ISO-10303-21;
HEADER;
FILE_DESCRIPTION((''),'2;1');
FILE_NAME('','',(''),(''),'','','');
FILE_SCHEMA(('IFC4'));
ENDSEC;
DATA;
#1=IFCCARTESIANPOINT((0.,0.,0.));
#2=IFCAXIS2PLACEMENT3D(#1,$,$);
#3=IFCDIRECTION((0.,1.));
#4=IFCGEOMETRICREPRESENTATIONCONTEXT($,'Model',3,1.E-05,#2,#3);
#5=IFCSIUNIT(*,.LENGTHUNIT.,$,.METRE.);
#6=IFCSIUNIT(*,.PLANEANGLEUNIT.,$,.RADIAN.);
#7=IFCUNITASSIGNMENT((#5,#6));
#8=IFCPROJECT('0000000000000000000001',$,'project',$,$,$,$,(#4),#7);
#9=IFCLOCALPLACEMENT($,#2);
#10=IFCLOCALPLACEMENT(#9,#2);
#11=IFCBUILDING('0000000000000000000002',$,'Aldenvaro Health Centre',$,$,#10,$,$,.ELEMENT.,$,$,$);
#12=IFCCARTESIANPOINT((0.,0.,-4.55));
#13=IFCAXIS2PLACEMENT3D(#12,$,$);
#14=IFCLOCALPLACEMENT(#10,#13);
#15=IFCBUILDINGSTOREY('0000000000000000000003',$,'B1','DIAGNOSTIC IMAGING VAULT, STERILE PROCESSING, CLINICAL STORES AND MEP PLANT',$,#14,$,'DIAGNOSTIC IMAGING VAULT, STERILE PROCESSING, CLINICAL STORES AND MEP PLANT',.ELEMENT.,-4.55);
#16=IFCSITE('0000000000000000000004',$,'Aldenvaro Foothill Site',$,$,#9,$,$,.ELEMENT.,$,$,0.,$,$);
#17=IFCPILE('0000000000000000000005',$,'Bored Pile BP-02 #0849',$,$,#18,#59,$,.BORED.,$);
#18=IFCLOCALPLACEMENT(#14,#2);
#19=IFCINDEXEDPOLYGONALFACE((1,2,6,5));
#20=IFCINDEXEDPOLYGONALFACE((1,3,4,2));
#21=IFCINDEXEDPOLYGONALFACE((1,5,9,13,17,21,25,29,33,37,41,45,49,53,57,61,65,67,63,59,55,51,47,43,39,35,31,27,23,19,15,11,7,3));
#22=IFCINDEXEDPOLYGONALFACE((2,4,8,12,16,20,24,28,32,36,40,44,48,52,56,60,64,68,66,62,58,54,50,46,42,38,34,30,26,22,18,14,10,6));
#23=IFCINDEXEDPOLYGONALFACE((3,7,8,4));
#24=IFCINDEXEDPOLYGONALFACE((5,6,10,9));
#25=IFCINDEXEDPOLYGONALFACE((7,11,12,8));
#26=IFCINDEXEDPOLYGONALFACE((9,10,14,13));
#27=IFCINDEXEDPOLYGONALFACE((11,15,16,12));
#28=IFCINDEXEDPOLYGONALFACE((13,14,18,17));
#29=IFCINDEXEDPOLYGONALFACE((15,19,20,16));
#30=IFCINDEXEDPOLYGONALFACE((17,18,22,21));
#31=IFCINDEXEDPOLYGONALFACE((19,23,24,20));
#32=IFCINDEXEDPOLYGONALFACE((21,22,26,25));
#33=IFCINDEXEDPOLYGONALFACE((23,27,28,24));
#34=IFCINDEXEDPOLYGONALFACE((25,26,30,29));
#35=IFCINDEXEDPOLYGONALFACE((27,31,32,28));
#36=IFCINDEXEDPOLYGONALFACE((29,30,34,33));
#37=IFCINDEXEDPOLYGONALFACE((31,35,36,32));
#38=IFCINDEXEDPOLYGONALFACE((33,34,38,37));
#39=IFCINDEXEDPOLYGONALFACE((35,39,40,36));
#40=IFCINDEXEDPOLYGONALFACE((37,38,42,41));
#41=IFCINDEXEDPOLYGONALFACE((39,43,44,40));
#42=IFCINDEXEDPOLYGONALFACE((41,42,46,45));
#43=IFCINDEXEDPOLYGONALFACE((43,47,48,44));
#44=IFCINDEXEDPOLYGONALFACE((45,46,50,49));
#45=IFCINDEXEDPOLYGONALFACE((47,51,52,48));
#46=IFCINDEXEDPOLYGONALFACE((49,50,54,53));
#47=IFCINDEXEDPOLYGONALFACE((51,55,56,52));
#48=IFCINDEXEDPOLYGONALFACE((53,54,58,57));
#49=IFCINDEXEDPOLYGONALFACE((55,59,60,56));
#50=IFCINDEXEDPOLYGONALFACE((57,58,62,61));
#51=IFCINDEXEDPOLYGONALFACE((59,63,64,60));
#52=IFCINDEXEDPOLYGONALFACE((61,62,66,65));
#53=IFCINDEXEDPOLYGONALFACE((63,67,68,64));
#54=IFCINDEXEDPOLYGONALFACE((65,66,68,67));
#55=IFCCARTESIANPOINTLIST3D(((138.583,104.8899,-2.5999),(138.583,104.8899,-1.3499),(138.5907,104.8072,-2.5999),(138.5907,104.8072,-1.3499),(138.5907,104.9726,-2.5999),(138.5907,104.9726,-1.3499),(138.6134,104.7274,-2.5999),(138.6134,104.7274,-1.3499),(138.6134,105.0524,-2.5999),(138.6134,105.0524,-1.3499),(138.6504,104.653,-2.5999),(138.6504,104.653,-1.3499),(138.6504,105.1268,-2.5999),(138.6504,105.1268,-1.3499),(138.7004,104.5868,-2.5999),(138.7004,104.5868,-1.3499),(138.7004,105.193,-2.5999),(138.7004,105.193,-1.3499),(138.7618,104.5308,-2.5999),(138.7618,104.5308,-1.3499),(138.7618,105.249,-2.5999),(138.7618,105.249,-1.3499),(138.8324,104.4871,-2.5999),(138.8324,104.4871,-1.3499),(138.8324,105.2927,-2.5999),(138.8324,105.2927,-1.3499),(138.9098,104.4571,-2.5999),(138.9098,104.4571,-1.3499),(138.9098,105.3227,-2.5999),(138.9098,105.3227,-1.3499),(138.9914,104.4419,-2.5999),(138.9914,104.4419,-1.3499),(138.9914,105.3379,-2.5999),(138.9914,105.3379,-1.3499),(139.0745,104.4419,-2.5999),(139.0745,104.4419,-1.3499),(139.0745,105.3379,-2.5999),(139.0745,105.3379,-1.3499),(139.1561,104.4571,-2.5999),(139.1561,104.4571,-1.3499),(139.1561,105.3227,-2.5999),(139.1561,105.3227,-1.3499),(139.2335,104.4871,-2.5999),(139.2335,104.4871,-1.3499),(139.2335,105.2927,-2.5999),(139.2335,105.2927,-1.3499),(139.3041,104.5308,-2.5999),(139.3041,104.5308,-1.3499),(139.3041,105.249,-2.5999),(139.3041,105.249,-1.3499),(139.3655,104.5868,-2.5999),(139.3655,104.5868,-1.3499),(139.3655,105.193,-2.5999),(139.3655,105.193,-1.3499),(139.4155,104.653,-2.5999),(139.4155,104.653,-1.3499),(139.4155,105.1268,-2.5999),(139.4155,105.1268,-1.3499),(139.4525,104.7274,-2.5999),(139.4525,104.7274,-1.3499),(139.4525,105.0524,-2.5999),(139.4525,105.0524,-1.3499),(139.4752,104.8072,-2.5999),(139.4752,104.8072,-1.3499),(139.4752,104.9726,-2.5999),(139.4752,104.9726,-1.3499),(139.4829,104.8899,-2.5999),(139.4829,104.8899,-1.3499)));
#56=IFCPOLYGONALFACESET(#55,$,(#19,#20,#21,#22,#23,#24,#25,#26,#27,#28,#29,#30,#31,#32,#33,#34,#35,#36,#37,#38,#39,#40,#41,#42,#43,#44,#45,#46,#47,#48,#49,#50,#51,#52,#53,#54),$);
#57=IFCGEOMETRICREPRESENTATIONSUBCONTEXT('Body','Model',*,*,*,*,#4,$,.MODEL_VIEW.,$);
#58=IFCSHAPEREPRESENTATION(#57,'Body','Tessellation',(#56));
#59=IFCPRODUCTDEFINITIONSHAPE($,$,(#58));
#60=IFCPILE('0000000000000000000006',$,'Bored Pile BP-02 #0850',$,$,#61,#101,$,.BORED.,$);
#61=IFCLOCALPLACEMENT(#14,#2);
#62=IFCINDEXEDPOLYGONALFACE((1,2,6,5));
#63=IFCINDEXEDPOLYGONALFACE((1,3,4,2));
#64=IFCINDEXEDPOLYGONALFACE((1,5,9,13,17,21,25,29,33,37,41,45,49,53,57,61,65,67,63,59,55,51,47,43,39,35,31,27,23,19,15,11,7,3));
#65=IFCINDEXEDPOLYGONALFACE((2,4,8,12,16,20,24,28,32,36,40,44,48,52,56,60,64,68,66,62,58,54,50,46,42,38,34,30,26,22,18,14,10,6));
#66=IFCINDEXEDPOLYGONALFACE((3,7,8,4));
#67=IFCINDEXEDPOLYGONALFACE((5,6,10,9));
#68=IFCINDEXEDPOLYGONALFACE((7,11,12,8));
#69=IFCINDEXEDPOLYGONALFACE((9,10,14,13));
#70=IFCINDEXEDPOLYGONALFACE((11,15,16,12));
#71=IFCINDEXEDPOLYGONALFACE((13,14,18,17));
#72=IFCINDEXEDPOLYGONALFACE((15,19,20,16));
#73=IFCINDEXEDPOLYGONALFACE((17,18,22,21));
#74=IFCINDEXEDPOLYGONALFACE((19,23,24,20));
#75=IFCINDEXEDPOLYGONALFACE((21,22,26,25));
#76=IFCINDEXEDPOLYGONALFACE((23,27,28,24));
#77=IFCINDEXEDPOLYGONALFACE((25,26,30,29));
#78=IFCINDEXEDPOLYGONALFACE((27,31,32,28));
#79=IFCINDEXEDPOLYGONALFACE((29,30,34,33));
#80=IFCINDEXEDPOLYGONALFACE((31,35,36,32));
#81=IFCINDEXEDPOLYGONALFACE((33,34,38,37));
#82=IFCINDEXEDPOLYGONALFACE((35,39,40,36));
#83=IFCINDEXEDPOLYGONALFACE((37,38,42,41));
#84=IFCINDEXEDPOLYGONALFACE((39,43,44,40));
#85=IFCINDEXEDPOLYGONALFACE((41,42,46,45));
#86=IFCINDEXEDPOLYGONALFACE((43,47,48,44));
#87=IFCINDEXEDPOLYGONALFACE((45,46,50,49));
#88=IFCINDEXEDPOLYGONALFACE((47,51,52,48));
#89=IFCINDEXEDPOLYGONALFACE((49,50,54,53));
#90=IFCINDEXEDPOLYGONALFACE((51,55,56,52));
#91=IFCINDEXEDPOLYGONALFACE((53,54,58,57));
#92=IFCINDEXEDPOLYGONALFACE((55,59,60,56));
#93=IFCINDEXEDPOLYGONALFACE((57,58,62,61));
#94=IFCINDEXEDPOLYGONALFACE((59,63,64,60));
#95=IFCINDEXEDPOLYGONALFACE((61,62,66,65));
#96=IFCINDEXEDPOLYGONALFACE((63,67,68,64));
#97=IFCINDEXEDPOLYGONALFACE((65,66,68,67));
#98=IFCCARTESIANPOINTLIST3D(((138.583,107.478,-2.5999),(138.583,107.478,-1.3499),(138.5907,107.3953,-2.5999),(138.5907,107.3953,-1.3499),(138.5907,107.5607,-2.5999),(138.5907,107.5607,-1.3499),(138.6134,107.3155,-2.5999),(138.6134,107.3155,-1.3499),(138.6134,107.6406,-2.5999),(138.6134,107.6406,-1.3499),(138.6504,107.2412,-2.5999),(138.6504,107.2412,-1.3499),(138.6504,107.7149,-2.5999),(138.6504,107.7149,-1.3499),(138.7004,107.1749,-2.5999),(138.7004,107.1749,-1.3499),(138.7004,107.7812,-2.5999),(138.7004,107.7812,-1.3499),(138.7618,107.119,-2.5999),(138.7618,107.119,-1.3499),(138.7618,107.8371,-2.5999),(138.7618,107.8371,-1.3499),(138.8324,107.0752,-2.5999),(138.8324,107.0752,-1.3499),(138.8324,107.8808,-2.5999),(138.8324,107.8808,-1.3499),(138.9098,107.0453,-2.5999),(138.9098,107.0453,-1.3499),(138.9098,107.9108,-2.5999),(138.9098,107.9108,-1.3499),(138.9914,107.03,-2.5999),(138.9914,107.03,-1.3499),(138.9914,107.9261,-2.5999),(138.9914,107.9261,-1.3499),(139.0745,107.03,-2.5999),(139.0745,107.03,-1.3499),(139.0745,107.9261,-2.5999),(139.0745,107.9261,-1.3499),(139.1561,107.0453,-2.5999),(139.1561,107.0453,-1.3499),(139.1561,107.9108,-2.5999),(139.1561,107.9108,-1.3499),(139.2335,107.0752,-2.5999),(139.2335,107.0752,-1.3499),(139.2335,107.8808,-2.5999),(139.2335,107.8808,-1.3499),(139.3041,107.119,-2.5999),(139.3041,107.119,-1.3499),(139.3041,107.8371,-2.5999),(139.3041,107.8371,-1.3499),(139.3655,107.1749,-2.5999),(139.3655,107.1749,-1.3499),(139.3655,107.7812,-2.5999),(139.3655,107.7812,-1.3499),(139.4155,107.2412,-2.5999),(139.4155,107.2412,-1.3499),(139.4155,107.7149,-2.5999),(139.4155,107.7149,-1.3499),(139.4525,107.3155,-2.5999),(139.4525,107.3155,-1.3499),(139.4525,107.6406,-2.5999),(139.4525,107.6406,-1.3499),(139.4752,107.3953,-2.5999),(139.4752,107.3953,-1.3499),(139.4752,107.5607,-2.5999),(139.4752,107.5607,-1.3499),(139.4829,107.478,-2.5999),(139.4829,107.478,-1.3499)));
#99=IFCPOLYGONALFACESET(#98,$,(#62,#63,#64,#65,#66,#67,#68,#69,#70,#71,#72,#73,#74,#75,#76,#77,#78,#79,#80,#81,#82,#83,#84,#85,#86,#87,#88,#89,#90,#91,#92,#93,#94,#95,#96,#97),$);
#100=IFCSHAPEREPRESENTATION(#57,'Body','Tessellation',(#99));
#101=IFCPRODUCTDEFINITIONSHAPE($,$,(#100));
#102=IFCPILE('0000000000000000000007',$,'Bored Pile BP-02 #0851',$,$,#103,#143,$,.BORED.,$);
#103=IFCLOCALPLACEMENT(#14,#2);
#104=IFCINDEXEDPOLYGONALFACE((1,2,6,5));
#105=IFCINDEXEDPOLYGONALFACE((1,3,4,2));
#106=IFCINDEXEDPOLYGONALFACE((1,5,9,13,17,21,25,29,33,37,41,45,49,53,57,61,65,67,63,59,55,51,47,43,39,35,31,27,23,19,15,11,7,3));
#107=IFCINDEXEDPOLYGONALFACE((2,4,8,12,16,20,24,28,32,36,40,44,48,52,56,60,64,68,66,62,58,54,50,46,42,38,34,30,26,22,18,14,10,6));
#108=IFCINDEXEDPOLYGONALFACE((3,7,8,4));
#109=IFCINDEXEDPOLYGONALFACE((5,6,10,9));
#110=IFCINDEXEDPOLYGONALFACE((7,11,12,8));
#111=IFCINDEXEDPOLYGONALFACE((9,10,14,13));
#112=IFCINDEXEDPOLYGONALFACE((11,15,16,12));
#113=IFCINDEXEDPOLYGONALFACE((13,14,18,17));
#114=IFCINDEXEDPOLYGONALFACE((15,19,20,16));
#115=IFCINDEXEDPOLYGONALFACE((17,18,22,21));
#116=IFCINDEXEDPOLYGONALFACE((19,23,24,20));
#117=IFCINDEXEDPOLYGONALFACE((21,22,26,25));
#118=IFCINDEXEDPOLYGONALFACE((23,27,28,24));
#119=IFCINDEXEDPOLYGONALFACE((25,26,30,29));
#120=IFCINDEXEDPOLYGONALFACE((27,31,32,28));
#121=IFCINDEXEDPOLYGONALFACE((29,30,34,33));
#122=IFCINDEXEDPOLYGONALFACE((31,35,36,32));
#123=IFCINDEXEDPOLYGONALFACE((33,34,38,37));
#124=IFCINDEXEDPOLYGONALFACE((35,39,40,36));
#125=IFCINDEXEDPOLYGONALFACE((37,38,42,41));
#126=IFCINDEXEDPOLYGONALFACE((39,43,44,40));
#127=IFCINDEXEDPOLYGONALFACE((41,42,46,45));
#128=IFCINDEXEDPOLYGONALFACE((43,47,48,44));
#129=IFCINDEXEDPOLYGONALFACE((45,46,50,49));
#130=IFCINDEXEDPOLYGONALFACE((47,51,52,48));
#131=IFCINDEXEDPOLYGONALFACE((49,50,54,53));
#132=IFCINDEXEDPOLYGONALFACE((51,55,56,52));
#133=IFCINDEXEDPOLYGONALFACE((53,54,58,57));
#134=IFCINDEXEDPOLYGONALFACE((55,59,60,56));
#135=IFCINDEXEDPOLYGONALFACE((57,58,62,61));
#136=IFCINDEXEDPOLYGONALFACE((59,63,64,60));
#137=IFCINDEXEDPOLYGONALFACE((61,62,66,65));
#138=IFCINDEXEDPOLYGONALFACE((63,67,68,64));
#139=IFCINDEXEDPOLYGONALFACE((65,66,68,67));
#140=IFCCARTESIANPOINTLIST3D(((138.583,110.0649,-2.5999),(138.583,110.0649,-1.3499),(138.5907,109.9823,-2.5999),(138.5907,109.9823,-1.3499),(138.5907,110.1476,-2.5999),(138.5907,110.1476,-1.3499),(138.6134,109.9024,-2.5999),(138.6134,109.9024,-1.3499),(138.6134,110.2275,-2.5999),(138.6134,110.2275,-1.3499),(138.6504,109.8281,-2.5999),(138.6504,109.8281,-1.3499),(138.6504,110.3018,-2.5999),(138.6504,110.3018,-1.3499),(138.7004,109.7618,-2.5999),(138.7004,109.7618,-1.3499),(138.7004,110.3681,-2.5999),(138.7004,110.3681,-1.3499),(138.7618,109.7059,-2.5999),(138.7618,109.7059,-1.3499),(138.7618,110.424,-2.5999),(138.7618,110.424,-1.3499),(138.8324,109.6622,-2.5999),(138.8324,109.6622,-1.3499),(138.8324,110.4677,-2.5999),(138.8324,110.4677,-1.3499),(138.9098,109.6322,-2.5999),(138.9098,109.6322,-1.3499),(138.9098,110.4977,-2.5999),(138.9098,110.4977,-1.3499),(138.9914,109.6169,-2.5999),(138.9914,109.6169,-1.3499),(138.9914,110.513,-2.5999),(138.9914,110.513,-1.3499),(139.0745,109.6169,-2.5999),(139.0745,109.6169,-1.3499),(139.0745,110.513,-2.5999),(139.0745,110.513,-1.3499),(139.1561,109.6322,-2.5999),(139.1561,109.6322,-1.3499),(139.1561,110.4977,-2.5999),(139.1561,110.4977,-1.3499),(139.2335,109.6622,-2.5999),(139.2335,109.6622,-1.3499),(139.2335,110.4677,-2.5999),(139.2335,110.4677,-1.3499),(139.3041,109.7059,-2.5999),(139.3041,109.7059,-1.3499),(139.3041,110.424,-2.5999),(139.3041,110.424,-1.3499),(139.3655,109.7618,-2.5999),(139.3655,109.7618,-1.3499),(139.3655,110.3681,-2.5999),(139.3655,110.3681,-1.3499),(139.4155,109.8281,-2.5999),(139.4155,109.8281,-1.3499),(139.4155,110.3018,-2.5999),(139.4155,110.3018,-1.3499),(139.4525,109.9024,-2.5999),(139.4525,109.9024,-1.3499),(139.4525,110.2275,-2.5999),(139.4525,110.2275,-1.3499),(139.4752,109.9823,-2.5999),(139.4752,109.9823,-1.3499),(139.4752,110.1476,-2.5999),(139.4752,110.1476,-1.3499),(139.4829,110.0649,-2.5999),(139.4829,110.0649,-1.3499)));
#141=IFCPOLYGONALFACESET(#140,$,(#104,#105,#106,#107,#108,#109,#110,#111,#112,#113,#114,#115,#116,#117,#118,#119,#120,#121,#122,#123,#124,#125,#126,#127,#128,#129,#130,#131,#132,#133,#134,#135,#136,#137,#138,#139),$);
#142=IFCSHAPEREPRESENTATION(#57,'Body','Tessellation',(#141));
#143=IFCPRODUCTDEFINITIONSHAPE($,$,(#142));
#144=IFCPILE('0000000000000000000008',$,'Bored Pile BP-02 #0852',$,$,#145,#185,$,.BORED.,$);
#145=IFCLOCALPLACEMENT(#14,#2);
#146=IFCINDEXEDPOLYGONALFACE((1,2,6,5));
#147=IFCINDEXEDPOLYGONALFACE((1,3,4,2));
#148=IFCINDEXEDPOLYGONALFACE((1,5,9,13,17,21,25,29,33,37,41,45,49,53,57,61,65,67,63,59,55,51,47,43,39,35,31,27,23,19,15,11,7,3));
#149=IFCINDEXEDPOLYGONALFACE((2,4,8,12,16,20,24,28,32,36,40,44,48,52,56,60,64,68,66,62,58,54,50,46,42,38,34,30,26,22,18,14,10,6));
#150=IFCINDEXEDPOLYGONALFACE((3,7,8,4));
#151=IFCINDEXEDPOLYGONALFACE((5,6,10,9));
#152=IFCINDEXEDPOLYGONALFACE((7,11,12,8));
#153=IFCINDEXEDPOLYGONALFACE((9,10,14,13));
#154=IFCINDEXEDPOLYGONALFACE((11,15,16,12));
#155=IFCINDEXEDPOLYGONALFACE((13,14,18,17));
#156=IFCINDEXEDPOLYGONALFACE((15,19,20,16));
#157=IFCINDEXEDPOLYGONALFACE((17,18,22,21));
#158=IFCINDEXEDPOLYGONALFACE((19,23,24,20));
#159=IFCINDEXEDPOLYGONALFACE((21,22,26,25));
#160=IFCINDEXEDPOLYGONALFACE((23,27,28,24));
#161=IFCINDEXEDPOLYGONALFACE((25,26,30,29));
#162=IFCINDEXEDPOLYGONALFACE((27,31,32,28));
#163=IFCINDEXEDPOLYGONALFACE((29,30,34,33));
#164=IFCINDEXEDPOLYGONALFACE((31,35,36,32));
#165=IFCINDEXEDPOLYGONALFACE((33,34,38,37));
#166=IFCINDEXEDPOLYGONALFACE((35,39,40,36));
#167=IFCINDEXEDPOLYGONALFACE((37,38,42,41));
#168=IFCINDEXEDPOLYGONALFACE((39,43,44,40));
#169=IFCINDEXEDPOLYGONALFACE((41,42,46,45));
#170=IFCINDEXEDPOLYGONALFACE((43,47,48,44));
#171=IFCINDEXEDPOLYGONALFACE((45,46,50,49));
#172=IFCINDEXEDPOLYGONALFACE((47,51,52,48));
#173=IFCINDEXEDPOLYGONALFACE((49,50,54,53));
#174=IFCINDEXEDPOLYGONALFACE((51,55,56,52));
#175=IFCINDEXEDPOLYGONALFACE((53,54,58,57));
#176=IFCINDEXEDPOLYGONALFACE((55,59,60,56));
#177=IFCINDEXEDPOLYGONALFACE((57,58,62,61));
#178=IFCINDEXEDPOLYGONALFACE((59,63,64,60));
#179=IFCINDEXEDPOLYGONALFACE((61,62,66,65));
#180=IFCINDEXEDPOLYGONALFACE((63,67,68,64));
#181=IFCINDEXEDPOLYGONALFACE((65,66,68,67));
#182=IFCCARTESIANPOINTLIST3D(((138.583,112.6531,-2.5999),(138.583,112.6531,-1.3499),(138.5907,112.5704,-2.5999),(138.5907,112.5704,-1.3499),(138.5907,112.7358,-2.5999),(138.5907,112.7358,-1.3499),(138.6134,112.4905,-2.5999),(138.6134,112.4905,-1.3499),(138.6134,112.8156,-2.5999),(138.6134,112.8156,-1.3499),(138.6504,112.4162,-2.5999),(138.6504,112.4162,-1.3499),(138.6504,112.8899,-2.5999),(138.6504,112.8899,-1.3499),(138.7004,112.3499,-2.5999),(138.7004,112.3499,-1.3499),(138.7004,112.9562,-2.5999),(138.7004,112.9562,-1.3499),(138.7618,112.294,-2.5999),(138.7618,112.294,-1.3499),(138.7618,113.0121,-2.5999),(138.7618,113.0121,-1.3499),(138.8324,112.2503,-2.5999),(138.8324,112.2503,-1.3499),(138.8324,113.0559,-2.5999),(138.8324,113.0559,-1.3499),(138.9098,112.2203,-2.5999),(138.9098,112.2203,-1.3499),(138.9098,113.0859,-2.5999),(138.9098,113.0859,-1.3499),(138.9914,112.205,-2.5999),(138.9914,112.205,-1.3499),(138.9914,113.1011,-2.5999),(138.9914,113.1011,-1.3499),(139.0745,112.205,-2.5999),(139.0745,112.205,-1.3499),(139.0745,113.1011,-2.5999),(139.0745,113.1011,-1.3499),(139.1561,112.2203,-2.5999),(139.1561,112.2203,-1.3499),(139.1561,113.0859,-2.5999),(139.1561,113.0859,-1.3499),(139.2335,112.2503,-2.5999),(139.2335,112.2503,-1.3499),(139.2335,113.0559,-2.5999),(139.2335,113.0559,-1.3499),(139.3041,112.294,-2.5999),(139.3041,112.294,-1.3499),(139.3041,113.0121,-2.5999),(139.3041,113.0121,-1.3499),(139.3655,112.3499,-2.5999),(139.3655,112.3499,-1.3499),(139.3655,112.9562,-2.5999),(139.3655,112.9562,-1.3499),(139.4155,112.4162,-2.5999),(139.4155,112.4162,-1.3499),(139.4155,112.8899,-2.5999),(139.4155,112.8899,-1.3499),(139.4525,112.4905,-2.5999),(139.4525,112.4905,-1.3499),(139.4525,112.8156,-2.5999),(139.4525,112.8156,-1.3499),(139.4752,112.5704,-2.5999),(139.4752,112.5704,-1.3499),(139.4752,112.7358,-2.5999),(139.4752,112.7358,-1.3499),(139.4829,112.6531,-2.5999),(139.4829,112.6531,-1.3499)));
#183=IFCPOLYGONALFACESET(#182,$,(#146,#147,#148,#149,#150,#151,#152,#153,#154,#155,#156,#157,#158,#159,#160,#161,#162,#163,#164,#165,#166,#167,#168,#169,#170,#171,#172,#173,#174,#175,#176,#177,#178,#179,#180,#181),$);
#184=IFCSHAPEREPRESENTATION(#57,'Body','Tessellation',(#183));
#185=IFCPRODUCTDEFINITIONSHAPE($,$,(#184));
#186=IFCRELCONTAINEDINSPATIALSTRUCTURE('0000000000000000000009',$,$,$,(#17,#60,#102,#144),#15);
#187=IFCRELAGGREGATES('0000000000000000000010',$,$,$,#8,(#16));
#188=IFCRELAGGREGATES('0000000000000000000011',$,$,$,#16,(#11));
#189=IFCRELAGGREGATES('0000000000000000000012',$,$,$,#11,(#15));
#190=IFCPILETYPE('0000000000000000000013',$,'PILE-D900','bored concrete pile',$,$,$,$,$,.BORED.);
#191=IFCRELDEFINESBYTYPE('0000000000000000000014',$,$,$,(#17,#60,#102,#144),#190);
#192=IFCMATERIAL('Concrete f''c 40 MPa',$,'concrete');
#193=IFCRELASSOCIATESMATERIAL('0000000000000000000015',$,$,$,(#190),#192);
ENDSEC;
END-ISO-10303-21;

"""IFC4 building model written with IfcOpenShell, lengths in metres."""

from ifc_helpers import new_model, si_unit, direction, frame, origin, origin_2d, place, context, subcontext, project, spatial, circle, extrude, material, material_profile, profile_set, type_object, element, save


model = new_model("IFC4")

# Units and contexts
model_context = context("Model", 3, precision=1e-05, world=origin(), true_north=direction((0.0, 1.0)))
body_context = subcontext(model_context, "Body", "Model", "MODEL_VIEW")
ifc_project = project(units=[si_unit("LENGTHUNIT", "METRE"), si_unit("PLANEANGLEUNIT", "RADIAN")], contexts=[model_context])

# Site, building, storey
site_placement = place(None, origin())
site = spatial("IfcSite", under=ifc_project, at=site_placement, Name="Aldenvaro Foothill Site", CompositionType="ELEMENT", RefElevation=0.0)
building_placement = place(site_placement, origin())
building = spatial("IfcBuilding", under=site, at=building_placement, Name="Aldenvaro Health Centre", CompositionType="ELEMENT")
storey_placement = place(building_placement, frame((0.0, 0.0, -4.55)))
storey = spatial("IfcBuildingStorey", under=building, at=storey_placement, Name="B1", Description="DIAGNOSTIC IMAGING VAULT, STERILE PROCESSING, CLINICAL STORES AND MEP PLANT", LongName="DIAGNOSTIC IMAGING VAULT, STERILE PROCESSING, CLINICAL STORES AND MEP PLANT", CompositionType="ELEMENT", Elevation=-4.55)

# Piles
ifc_material_1 = material(Name="Concrete f'c 40 MPa", Category="concrete")
ifc_material_profile_1 = material_profile(ifc_material_1, circle(Radius=0.45, at=origin_2d()), Name="PILE D900", Category="concrete")
ifc_profile_set_1 = profile_set([ifc_material_profile_1], Name="Concrete f'c 40 MPa")
pile_type = type_object("IfcPileType", Name="PILE-D900", Description="bored concrete pile", PredefinedType="BORED", material=ifc_profile_set_1)
for number, where, z_axis, x_axis, name in (
    (1, (139.033, 104.8899, -1.3499), (0.0, 0.0, -1.0), (1.0, 0.0, 0.0), "Bored Pile BP-02 #0849"),
    (2, (139.033, 107.478, -1.3499), (0.0, 0.0, -1.0), (1.0, 0.0, 0.0), "Bored Pile BP-02 #0850"),
    (3, (139.033, 110.0649, -1.3499), (0.0, 0.0, -1.0), (1.0, 0.0, 0.0), "Bored Pile BP-02 #0851"),
    (4, (139.033, 112.6531, -1.3499), (0.0, 0.0, -1.0), (1.0, 0.0, 0.0), "Bored Pile BP-02 #0852"),
):
    element("IfcPile", number, at=place(storey_placement, frame(where, z_axis=z_axis, x_axis=x_axis)), inside=storey, type_object=pile_type, Name=name, PredefinedType="BORED", context=body_context, shape_type="SweptSolid", body=[
        extrude(circle(Radius=0.45, at=origin_2d()), origin(), (0.0, 0.0, 1.0), 1.25),
    ])

save(model, "model.ifc")
